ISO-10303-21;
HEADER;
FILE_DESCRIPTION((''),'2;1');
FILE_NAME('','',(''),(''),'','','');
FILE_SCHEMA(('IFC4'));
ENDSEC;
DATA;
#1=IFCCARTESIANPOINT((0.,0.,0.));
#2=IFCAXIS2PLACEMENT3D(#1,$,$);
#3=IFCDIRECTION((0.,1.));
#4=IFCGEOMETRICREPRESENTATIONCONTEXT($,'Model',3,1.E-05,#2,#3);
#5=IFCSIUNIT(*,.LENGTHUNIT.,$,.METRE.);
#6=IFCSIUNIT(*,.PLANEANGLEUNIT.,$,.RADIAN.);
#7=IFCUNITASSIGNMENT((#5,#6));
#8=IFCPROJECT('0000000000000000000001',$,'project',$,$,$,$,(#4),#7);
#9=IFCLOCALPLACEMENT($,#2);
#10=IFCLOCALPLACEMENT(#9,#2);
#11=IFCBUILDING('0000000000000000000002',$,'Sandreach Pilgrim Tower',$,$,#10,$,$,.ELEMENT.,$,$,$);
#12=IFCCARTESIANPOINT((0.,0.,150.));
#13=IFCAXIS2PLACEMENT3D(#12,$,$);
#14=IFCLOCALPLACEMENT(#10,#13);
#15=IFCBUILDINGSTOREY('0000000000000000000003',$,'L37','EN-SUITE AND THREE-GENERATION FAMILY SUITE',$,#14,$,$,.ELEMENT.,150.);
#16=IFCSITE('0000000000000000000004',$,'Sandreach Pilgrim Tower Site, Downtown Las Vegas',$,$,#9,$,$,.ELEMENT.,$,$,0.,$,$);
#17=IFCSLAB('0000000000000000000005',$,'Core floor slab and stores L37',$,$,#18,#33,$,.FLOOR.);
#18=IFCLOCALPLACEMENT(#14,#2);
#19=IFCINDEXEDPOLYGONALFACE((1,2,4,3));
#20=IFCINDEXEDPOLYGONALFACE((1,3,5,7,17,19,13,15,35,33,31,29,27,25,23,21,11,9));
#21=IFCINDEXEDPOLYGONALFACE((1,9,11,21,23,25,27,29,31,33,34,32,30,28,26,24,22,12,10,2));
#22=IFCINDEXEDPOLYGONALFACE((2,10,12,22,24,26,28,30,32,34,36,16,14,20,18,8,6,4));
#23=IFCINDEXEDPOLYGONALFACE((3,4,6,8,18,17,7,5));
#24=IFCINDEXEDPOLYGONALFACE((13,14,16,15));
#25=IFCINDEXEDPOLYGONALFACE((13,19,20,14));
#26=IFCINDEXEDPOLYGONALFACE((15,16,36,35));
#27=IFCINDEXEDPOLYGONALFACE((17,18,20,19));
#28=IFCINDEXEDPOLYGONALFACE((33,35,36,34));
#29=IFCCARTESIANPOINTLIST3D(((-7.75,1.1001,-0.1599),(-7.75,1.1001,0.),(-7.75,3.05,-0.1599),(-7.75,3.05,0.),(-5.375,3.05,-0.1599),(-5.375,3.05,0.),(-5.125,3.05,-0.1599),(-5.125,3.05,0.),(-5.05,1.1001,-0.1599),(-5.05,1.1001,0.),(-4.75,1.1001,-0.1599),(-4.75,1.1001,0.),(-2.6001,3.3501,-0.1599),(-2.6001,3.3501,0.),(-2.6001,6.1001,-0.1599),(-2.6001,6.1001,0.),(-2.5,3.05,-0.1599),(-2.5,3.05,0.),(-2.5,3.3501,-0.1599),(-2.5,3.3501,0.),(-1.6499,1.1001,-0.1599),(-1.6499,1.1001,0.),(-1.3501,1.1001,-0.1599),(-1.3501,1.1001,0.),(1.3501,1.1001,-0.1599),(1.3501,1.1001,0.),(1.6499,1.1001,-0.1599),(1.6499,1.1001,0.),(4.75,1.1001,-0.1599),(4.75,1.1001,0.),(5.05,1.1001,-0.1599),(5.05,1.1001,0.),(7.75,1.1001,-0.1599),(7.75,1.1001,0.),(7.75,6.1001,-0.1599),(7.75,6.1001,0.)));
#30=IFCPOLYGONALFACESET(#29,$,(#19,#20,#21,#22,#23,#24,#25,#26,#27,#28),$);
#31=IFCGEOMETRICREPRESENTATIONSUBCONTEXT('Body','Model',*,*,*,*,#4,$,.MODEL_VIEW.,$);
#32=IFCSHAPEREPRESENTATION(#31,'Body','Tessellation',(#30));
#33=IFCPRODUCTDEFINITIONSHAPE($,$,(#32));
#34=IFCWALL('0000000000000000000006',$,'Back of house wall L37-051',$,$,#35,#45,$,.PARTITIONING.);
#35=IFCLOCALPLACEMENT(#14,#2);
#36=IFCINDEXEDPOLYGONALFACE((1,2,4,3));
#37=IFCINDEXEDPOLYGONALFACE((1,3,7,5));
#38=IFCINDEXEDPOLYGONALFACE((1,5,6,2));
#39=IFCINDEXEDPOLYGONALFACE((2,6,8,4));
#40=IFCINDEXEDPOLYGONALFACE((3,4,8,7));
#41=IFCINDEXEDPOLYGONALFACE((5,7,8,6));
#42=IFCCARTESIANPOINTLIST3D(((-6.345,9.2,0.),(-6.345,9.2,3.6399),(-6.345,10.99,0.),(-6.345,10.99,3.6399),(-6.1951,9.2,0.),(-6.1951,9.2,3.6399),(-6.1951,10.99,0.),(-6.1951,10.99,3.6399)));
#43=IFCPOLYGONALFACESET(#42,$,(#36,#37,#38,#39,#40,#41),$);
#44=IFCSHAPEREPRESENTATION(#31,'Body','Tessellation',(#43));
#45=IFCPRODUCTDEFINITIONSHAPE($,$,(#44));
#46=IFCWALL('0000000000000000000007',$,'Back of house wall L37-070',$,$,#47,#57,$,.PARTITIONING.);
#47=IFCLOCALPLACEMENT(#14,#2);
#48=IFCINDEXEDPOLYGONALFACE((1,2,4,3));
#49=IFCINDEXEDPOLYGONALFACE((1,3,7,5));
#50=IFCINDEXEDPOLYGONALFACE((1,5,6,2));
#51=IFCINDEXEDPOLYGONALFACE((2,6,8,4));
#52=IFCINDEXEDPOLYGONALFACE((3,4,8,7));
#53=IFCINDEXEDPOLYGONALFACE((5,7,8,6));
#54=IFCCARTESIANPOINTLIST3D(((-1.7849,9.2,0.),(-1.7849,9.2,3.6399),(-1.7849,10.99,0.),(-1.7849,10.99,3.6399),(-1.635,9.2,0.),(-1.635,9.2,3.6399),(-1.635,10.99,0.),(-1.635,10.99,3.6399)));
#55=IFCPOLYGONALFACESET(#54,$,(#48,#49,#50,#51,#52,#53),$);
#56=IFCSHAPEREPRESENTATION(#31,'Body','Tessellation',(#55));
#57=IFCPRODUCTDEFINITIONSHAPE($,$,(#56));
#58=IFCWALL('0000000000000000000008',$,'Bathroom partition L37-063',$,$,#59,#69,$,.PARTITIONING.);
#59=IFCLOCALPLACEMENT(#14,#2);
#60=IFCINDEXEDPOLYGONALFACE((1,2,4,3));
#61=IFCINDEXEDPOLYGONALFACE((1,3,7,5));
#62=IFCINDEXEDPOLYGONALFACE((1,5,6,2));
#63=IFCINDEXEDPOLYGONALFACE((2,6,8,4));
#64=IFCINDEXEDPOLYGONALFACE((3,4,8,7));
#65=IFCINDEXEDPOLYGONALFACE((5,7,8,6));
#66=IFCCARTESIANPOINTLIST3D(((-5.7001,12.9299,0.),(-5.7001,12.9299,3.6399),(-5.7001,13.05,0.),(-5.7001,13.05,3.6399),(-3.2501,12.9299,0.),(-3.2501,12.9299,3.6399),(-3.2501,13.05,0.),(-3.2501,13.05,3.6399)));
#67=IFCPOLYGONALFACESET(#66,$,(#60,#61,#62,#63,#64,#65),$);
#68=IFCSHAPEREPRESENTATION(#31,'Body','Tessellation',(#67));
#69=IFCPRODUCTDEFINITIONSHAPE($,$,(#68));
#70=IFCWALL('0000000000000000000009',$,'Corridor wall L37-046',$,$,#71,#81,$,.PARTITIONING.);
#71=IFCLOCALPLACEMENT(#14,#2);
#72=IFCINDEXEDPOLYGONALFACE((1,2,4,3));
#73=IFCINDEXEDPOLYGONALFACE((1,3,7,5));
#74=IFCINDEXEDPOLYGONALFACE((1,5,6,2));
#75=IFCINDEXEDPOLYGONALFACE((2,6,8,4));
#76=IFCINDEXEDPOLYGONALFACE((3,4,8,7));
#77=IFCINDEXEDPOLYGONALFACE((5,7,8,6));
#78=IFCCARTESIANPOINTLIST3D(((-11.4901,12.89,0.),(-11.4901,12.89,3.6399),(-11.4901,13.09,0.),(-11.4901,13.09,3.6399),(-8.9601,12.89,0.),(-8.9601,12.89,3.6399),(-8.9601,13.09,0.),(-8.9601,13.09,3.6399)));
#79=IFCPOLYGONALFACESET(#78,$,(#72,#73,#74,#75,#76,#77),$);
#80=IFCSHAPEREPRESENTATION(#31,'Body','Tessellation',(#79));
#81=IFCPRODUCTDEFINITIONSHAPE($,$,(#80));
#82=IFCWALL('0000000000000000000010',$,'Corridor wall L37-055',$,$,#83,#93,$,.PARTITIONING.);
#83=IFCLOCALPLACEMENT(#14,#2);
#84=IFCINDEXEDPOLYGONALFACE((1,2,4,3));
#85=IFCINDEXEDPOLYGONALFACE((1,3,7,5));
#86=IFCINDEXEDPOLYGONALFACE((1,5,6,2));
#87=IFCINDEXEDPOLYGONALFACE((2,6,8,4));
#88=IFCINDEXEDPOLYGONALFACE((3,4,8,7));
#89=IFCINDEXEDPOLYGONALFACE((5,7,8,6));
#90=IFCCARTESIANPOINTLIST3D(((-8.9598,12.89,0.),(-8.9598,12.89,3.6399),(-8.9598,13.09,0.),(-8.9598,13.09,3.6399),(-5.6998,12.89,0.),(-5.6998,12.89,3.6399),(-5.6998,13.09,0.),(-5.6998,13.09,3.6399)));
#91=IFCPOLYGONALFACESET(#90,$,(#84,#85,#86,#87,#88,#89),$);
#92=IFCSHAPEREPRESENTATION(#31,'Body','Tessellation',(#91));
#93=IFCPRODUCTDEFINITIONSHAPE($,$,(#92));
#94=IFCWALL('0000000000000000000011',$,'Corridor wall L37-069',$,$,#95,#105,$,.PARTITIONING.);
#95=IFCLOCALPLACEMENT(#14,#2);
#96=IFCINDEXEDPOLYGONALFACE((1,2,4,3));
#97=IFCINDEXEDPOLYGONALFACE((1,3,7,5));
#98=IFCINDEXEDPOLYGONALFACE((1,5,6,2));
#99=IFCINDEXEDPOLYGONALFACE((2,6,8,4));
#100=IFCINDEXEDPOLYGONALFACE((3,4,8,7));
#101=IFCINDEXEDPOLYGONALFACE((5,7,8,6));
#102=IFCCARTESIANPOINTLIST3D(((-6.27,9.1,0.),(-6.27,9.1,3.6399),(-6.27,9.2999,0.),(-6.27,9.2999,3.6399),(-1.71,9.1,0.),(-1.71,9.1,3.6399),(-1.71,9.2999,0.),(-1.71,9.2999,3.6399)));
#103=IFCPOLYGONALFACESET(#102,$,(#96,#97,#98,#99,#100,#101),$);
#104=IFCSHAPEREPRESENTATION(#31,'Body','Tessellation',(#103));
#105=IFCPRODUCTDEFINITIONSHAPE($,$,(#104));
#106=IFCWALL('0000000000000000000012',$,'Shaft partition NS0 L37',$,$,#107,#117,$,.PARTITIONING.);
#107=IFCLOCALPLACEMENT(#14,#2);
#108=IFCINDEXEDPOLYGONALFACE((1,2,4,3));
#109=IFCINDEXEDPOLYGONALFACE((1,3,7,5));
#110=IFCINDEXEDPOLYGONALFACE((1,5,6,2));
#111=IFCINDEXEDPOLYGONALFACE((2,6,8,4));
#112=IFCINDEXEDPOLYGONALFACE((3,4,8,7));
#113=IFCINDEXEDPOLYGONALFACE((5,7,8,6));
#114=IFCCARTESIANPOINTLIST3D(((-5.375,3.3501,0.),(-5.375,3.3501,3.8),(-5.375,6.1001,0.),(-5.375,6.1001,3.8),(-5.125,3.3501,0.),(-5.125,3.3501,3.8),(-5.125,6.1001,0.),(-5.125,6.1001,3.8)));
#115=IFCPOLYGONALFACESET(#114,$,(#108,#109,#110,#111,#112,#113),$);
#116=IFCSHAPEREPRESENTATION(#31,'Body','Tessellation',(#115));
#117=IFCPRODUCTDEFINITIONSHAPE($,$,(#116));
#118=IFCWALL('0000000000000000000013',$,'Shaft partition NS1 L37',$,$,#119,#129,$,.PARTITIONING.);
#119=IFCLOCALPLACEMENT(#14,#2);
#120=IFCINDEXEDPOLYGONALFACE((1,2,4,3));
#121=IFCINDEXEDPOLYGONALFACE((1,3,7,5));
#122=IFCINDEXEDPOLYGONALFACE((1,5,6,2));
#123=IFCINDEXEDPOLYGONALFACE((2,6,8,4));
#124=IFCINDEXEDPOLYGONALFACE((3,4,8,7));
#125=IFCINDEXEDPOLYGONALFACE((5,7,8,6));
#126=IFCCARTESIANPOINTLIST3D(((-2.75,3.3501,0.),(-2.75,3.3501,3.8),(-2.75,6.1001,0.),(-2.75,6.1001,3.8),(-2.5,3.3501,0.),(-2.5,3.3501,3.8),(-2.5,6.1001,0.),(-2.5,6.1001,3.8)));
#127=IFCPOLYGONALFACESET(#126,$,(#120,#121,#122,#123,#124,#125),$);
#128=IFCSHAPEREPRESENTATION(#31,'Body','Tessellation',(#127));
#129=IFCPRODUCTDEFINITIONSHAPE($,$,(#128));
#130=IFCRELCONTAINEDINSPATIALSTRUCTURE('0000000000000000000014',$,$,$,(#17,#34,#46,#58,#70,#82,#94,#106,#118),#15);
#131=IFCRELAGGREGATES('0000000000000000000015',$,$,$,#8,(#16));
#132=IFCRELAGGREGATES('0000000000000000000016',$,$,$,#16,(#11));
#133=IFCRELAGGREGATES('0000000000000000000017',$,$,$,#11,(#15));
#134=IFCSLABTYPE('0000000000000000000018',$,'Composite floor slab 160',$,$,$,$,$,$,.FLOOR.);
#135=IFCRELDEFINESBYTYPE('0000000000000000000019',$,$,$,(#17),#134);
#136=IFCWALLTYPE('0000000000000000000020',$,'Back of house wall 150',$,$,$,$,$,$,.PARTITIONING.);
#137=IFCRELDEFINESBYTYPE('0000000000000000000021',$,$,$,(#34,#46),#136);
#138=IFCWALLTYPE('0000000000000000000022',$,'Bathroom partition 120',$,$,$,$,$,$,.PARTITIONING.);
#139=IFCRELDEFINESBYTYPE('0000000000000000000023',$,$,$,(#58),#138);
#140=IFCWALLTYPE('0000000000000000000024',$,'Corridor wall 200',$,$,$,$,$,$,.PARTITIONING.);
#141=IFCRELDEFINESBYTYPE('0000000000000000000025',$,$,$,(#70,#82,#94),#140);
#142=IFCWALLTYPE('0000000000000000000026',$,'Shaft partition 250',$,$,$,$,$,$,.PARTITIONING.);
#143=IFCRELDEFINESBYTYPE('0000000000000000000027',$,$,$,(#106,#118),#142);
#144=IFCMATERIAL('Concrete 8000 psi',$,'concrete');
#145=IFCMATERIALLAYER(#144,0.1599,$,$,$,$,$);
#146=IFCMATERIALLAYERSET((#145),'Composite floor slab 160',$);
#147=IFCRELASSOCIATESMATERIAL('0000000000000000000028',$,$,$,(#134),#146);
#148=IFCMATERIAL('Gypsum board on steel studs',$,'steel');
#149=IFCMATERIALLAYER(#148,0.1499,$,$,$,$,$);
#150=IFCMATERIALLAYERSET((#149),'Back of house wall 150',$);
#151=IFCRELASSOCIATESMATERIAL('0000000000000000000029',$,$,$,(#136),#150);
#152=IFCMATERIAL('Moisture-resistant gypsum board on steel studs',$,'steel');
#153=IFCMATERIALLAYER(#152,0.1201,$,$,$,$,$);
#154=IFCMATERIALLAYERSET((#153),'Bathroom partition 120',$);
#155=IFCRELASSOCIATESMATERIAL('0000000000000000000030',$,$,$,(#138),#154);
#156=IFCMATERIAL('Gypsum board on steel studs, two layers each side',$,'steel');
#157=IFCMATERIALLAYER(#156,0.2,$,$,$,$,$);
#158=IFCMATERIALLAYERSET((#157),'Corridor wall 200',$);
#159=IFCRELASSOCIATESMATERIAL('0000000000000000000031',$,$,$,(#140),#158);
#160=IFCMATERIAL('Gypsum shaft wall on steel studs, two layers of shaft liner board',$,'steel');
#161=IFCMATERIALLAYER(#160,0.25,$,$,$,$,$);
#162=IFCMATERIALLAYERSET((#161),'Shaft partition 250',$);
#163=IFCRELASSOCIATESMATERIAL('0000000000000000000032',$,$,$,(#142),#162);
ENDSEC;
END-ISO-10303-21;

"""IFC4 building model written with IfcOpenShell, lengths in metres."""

from ifc_helpers import new_model, si_unit, direction, frame, frame_2d, origin, place, context, subcontext, project, spatial, polyline, rectangle, outline, extrude, material, layer, layer_set, type_object, element, save


model = new_model("IFC4")

# Units and contexts
model_context = context("Model", 3, precision=1e-05, world=origin(), true_north=direction((0.0, 1.0)))
body_context = subcontext(model_context, "Body", "Model", "MODEL_VIEW")
ifc_project = project(units=[si_unit("LENGTHUNIT", "METRE"), si_unit("PLANEANGLEUNIT", "RADIAN")], contexts=[model_context])

# Site, building, storey
site_placement = place(None, origin())
site = spatial("IfcSite", under=ifc_project, at=site_placement, Name="Sandreach Pilgrim Tower Site, Downtown Las Vegas", CompositionType="ELEMENT", RefElevation=0.0)
building_placement = place(site_placement, origin())
building = spatial("IfcBuilding", under=site, at=building_placement, Name="Sandreach Pilgrim Tower", CompositionType="ELEMENT")
storey_placement = place(building_placement, frame((0.0, 0.0, 150.0)))
storey = spatial("IfcBuildingStorey", under=building, at=storey_placement, Name="L37", Description="EN-SUITE AND THREE-GENERATION FAMILY SUITE", CompositionType="ELEMENT", Elevation=150.0)

# Slab
ifc_material_1 = material(Name="Concrete 8000 psi", Category="concrete")
ifc_layer_1 = layer(ifc_material_1, 0.1599)
ifc_layer_set_1 = layer_set([ifc_layer_1], Name="Composite floor slab 160")
slab_type = type_object("IfcSlabType", Name="Composite floor slab 160", PredefinedType="FLOOR", material=ifc_layer_set_1)
slab_placement = place(storey_placement, frame((0.0, 0.0, -0.1599)))
element("IfcSlab", 1, at=slab_placement, inside=storey, type_object=slab_type, Name="Core floor slab and stores L37", PredefinedType="FLOOR", context=body_context, shape_type="SweptSolid", body=[
    extrude(outline(polyline([(-7.75, 3.05), (-5.375, 3.05), (-5.125, 3.05), (-2.5, 3.05), (-2.5, 3.3501), (-2.6001, 3.3501), (-2.6001, 6.1001), (7.75, 6.1001), (7.75, 1.1001), (5.05, 1.1001), (4.75, 1.1001), (1.6499, 1.1001), (1.3501, 1.1001), (-1.3501, 1.1001), (-1.6499, 1.1001), (-4.75, 1.1001), (-5.05, 1.1001), (-7.75, 1.1001), (-7.75, 3.05)])), origin(), (0.0, 0.0, 1.0), 0.1599),
])

# Walls
ifc_material_2 = material(Name="Gypsum board on steel studs", Category="steel")
ifc_layer_2 = layer(ifc_material_2, 0.1499)
ifc_layer_set_2 = layer_set([ifc_layer_2], Name="Back of house wall 150")
wall_type_1 = type_object("IfcWallType", Name="Back of house wall 150", PredefinedType="PARTITIONING", material=ifc_layer_set_2)
for number, where, z_axis, x_axis, name in (
    (2, (-6.27, 10.99, 0.0), (0.0, 0.0, 1.0), (0.0, -1.0, 0.0), "Back of house wall L37-051"),
    (3, (-1.71, 10.99, 0.0), (0.0, 0.0, 1.0), (0.0, -1.0, 0.0), "Back of house wall L37-070"),
):
    element("IfcWall", number, at=place(storey_placement, frame(where, z_axis=z_axis, x_axis=x_axis)), inside=storey, type_object=wall_type_1, Name=name, PredefinedType="PARTITIONING", context=body_context, shape_type="SweptSolid", body=[
        extrude(rectangle(XDim=1.79, YDim=0.1499, at=frame_2d((0.895, 0.0))), origin(), (0.0, 0.0, 1.0), 3.6399),
    ])
ifc_material_3 = material(Name="Moisture-resistant gypsum board on steel studs", Category="steel")
ifc_layer_3 = layer(ifc_material_3, 0.1201)
ifc_layer_set_3 = layer_set([ifc_layer_3], Name="Bathroom partition 120")
wall_type_2 = type_object("IfcWallType", Name="Bathroom partition 120", PredefinedType="PARTITIONING", material=ifc_layer_set_3)
wall_1_placement = place(storey_placement, frame((-3.25, 12.99, 0.0), z_axis=(0.0, 0.0, 1.0), x_axis=(-1.0, 0.0, 0.0)))
element("IfcWall", 4, at=wall_1_placement, inside=storey, type_object=wall_type_2, Name="Bathroom partition L37-063", PredefinedType="PARTITIONING", context=body_context, shape_type="SweptSolid", body=[
    extrude(rectangle(XDim=2.45, YDim=0.1201, at=frame_2d((1.2251, 0.0))), origin(), (0.0, 0.0, 1.0), 3.6399),
])

# Wall
ifc_material_4 = material(Name="Gypsum board on steel studs, two layers each side", Category="steel")
ifc_layer_4 = layer(ifc_material_4, 0.2)
ifc_layer_set_4 = layer_set([ifc_layer_4], Name="Corridor wall 200")
wall_type_3 = type_object("IfcWallType", Name="Corridor wall 200", PredefinedType="PARTITIONING", material=ifc_layer_set_4)
wall_2_placement = place(storey_placement, frame((-8.96, 12.99, 0.0), z_axis=(0.0, 0.0, 1.0), x_axis=(-1.0, 0.0, 0.0)))
element("IfcWall", 5, at=wall_2_placement, inside=storey, type_object=wall_type_3, Name="Corridor wall L37-046", PredefinedType="PARTITIONING", context=body_context, shape_type="SweptSolid", body=[
    extrude(rectangle(XDim=2.53, YDim=0.2, at=frame_2d((1.2651, 0.0))), origin(), (0.0, 0.0, 1.0), 3.6399),
])

# Walls
wall_3_placement = place(storey_placement, frame((-5.7, 12.99, 0.0), z_axis=(0.0, 0.0, 1.0), x_axis=(-1.0, 0.0, 0.0)))
element("IfcWall", 6, at=wall_3_placement, inside=storey, type_object=wall_type_3, Name="Corridor wall L37-055", PredefinedType="PARTITIONING", context=body_context, shape_type="SweptSolid", body=[
    extrude(rectangle(XDim=3.26, YDim=0.2, at=frame_2d((1.6299, 0.0))), origin(), (0.0, 0.0, 1.0), 3.6399),
])
wall_4_placement = place(storey_placement, frame((-1.71, 9.2, 0.0), z_axis=(0.0, 0.0, 1.0), x_axis=(-1.0, 0.0, 0.0)))
element("IfcWall", 7, at=wall_4_placement, inside=storey, type_object=wall_type_3, Name="Corridor wall L37-069", PredefinedType="PARTITIONING", context=body_context, shape_type="SweptSolid", body=[
    extrude(rectangle(XDim=4.5601, YDim=0.2, at=frame_2d((2.28, 0.0))), origin(), (0.0, 0.0, 1.0), 3.6399),
])

# Walls
ifc_material_5 = material(Name="Gypsum shaft wall on steel studs, two layers of shaft liner board", Category="steel")
ifc_layer_5 = layer(ifc_material_5, 0.25)
ifc_layer_set_5 = layer_set([ifc_layer_5], Name="Shaft partition 250")
wall_type_4 = type_object("IfcWallType", Name="Shaft partition 250", PredefinedType="PARTITIONING", material=ifc_layer_set_5)
for number, where, z_axis, x_axis, name in (
    (8, (-5.25, 3.3501, 0.0), (0.0, 0.0, 1.0), (0.0, 1.0, 0.0), "Shaft partition NS0 L37"),
    (9, (-2.625, 3.3501, 0.0), (0.0, 0.0, 1.0), (0.0, 1.0, 0.0), "Shaft partition NS1 L37"),
):
    element("IfcWall", number, at=place(storey_placement, frame(where, z_axis=z_axis, x_axis=x_axis)), inside=storey, type_object=wall_type_4, Name=name, PredefinedType="PARTITIONING", context=body_context, shape_type="SweptSolid", body=[
        extrude(rectangle(XDim=2.75, YDim=0.25, at=frame_2d((1.375, 0.0))), origin(), (0.0, 0.0, 1.0), 3.8),
    ])

save(model, "model.ifc")
